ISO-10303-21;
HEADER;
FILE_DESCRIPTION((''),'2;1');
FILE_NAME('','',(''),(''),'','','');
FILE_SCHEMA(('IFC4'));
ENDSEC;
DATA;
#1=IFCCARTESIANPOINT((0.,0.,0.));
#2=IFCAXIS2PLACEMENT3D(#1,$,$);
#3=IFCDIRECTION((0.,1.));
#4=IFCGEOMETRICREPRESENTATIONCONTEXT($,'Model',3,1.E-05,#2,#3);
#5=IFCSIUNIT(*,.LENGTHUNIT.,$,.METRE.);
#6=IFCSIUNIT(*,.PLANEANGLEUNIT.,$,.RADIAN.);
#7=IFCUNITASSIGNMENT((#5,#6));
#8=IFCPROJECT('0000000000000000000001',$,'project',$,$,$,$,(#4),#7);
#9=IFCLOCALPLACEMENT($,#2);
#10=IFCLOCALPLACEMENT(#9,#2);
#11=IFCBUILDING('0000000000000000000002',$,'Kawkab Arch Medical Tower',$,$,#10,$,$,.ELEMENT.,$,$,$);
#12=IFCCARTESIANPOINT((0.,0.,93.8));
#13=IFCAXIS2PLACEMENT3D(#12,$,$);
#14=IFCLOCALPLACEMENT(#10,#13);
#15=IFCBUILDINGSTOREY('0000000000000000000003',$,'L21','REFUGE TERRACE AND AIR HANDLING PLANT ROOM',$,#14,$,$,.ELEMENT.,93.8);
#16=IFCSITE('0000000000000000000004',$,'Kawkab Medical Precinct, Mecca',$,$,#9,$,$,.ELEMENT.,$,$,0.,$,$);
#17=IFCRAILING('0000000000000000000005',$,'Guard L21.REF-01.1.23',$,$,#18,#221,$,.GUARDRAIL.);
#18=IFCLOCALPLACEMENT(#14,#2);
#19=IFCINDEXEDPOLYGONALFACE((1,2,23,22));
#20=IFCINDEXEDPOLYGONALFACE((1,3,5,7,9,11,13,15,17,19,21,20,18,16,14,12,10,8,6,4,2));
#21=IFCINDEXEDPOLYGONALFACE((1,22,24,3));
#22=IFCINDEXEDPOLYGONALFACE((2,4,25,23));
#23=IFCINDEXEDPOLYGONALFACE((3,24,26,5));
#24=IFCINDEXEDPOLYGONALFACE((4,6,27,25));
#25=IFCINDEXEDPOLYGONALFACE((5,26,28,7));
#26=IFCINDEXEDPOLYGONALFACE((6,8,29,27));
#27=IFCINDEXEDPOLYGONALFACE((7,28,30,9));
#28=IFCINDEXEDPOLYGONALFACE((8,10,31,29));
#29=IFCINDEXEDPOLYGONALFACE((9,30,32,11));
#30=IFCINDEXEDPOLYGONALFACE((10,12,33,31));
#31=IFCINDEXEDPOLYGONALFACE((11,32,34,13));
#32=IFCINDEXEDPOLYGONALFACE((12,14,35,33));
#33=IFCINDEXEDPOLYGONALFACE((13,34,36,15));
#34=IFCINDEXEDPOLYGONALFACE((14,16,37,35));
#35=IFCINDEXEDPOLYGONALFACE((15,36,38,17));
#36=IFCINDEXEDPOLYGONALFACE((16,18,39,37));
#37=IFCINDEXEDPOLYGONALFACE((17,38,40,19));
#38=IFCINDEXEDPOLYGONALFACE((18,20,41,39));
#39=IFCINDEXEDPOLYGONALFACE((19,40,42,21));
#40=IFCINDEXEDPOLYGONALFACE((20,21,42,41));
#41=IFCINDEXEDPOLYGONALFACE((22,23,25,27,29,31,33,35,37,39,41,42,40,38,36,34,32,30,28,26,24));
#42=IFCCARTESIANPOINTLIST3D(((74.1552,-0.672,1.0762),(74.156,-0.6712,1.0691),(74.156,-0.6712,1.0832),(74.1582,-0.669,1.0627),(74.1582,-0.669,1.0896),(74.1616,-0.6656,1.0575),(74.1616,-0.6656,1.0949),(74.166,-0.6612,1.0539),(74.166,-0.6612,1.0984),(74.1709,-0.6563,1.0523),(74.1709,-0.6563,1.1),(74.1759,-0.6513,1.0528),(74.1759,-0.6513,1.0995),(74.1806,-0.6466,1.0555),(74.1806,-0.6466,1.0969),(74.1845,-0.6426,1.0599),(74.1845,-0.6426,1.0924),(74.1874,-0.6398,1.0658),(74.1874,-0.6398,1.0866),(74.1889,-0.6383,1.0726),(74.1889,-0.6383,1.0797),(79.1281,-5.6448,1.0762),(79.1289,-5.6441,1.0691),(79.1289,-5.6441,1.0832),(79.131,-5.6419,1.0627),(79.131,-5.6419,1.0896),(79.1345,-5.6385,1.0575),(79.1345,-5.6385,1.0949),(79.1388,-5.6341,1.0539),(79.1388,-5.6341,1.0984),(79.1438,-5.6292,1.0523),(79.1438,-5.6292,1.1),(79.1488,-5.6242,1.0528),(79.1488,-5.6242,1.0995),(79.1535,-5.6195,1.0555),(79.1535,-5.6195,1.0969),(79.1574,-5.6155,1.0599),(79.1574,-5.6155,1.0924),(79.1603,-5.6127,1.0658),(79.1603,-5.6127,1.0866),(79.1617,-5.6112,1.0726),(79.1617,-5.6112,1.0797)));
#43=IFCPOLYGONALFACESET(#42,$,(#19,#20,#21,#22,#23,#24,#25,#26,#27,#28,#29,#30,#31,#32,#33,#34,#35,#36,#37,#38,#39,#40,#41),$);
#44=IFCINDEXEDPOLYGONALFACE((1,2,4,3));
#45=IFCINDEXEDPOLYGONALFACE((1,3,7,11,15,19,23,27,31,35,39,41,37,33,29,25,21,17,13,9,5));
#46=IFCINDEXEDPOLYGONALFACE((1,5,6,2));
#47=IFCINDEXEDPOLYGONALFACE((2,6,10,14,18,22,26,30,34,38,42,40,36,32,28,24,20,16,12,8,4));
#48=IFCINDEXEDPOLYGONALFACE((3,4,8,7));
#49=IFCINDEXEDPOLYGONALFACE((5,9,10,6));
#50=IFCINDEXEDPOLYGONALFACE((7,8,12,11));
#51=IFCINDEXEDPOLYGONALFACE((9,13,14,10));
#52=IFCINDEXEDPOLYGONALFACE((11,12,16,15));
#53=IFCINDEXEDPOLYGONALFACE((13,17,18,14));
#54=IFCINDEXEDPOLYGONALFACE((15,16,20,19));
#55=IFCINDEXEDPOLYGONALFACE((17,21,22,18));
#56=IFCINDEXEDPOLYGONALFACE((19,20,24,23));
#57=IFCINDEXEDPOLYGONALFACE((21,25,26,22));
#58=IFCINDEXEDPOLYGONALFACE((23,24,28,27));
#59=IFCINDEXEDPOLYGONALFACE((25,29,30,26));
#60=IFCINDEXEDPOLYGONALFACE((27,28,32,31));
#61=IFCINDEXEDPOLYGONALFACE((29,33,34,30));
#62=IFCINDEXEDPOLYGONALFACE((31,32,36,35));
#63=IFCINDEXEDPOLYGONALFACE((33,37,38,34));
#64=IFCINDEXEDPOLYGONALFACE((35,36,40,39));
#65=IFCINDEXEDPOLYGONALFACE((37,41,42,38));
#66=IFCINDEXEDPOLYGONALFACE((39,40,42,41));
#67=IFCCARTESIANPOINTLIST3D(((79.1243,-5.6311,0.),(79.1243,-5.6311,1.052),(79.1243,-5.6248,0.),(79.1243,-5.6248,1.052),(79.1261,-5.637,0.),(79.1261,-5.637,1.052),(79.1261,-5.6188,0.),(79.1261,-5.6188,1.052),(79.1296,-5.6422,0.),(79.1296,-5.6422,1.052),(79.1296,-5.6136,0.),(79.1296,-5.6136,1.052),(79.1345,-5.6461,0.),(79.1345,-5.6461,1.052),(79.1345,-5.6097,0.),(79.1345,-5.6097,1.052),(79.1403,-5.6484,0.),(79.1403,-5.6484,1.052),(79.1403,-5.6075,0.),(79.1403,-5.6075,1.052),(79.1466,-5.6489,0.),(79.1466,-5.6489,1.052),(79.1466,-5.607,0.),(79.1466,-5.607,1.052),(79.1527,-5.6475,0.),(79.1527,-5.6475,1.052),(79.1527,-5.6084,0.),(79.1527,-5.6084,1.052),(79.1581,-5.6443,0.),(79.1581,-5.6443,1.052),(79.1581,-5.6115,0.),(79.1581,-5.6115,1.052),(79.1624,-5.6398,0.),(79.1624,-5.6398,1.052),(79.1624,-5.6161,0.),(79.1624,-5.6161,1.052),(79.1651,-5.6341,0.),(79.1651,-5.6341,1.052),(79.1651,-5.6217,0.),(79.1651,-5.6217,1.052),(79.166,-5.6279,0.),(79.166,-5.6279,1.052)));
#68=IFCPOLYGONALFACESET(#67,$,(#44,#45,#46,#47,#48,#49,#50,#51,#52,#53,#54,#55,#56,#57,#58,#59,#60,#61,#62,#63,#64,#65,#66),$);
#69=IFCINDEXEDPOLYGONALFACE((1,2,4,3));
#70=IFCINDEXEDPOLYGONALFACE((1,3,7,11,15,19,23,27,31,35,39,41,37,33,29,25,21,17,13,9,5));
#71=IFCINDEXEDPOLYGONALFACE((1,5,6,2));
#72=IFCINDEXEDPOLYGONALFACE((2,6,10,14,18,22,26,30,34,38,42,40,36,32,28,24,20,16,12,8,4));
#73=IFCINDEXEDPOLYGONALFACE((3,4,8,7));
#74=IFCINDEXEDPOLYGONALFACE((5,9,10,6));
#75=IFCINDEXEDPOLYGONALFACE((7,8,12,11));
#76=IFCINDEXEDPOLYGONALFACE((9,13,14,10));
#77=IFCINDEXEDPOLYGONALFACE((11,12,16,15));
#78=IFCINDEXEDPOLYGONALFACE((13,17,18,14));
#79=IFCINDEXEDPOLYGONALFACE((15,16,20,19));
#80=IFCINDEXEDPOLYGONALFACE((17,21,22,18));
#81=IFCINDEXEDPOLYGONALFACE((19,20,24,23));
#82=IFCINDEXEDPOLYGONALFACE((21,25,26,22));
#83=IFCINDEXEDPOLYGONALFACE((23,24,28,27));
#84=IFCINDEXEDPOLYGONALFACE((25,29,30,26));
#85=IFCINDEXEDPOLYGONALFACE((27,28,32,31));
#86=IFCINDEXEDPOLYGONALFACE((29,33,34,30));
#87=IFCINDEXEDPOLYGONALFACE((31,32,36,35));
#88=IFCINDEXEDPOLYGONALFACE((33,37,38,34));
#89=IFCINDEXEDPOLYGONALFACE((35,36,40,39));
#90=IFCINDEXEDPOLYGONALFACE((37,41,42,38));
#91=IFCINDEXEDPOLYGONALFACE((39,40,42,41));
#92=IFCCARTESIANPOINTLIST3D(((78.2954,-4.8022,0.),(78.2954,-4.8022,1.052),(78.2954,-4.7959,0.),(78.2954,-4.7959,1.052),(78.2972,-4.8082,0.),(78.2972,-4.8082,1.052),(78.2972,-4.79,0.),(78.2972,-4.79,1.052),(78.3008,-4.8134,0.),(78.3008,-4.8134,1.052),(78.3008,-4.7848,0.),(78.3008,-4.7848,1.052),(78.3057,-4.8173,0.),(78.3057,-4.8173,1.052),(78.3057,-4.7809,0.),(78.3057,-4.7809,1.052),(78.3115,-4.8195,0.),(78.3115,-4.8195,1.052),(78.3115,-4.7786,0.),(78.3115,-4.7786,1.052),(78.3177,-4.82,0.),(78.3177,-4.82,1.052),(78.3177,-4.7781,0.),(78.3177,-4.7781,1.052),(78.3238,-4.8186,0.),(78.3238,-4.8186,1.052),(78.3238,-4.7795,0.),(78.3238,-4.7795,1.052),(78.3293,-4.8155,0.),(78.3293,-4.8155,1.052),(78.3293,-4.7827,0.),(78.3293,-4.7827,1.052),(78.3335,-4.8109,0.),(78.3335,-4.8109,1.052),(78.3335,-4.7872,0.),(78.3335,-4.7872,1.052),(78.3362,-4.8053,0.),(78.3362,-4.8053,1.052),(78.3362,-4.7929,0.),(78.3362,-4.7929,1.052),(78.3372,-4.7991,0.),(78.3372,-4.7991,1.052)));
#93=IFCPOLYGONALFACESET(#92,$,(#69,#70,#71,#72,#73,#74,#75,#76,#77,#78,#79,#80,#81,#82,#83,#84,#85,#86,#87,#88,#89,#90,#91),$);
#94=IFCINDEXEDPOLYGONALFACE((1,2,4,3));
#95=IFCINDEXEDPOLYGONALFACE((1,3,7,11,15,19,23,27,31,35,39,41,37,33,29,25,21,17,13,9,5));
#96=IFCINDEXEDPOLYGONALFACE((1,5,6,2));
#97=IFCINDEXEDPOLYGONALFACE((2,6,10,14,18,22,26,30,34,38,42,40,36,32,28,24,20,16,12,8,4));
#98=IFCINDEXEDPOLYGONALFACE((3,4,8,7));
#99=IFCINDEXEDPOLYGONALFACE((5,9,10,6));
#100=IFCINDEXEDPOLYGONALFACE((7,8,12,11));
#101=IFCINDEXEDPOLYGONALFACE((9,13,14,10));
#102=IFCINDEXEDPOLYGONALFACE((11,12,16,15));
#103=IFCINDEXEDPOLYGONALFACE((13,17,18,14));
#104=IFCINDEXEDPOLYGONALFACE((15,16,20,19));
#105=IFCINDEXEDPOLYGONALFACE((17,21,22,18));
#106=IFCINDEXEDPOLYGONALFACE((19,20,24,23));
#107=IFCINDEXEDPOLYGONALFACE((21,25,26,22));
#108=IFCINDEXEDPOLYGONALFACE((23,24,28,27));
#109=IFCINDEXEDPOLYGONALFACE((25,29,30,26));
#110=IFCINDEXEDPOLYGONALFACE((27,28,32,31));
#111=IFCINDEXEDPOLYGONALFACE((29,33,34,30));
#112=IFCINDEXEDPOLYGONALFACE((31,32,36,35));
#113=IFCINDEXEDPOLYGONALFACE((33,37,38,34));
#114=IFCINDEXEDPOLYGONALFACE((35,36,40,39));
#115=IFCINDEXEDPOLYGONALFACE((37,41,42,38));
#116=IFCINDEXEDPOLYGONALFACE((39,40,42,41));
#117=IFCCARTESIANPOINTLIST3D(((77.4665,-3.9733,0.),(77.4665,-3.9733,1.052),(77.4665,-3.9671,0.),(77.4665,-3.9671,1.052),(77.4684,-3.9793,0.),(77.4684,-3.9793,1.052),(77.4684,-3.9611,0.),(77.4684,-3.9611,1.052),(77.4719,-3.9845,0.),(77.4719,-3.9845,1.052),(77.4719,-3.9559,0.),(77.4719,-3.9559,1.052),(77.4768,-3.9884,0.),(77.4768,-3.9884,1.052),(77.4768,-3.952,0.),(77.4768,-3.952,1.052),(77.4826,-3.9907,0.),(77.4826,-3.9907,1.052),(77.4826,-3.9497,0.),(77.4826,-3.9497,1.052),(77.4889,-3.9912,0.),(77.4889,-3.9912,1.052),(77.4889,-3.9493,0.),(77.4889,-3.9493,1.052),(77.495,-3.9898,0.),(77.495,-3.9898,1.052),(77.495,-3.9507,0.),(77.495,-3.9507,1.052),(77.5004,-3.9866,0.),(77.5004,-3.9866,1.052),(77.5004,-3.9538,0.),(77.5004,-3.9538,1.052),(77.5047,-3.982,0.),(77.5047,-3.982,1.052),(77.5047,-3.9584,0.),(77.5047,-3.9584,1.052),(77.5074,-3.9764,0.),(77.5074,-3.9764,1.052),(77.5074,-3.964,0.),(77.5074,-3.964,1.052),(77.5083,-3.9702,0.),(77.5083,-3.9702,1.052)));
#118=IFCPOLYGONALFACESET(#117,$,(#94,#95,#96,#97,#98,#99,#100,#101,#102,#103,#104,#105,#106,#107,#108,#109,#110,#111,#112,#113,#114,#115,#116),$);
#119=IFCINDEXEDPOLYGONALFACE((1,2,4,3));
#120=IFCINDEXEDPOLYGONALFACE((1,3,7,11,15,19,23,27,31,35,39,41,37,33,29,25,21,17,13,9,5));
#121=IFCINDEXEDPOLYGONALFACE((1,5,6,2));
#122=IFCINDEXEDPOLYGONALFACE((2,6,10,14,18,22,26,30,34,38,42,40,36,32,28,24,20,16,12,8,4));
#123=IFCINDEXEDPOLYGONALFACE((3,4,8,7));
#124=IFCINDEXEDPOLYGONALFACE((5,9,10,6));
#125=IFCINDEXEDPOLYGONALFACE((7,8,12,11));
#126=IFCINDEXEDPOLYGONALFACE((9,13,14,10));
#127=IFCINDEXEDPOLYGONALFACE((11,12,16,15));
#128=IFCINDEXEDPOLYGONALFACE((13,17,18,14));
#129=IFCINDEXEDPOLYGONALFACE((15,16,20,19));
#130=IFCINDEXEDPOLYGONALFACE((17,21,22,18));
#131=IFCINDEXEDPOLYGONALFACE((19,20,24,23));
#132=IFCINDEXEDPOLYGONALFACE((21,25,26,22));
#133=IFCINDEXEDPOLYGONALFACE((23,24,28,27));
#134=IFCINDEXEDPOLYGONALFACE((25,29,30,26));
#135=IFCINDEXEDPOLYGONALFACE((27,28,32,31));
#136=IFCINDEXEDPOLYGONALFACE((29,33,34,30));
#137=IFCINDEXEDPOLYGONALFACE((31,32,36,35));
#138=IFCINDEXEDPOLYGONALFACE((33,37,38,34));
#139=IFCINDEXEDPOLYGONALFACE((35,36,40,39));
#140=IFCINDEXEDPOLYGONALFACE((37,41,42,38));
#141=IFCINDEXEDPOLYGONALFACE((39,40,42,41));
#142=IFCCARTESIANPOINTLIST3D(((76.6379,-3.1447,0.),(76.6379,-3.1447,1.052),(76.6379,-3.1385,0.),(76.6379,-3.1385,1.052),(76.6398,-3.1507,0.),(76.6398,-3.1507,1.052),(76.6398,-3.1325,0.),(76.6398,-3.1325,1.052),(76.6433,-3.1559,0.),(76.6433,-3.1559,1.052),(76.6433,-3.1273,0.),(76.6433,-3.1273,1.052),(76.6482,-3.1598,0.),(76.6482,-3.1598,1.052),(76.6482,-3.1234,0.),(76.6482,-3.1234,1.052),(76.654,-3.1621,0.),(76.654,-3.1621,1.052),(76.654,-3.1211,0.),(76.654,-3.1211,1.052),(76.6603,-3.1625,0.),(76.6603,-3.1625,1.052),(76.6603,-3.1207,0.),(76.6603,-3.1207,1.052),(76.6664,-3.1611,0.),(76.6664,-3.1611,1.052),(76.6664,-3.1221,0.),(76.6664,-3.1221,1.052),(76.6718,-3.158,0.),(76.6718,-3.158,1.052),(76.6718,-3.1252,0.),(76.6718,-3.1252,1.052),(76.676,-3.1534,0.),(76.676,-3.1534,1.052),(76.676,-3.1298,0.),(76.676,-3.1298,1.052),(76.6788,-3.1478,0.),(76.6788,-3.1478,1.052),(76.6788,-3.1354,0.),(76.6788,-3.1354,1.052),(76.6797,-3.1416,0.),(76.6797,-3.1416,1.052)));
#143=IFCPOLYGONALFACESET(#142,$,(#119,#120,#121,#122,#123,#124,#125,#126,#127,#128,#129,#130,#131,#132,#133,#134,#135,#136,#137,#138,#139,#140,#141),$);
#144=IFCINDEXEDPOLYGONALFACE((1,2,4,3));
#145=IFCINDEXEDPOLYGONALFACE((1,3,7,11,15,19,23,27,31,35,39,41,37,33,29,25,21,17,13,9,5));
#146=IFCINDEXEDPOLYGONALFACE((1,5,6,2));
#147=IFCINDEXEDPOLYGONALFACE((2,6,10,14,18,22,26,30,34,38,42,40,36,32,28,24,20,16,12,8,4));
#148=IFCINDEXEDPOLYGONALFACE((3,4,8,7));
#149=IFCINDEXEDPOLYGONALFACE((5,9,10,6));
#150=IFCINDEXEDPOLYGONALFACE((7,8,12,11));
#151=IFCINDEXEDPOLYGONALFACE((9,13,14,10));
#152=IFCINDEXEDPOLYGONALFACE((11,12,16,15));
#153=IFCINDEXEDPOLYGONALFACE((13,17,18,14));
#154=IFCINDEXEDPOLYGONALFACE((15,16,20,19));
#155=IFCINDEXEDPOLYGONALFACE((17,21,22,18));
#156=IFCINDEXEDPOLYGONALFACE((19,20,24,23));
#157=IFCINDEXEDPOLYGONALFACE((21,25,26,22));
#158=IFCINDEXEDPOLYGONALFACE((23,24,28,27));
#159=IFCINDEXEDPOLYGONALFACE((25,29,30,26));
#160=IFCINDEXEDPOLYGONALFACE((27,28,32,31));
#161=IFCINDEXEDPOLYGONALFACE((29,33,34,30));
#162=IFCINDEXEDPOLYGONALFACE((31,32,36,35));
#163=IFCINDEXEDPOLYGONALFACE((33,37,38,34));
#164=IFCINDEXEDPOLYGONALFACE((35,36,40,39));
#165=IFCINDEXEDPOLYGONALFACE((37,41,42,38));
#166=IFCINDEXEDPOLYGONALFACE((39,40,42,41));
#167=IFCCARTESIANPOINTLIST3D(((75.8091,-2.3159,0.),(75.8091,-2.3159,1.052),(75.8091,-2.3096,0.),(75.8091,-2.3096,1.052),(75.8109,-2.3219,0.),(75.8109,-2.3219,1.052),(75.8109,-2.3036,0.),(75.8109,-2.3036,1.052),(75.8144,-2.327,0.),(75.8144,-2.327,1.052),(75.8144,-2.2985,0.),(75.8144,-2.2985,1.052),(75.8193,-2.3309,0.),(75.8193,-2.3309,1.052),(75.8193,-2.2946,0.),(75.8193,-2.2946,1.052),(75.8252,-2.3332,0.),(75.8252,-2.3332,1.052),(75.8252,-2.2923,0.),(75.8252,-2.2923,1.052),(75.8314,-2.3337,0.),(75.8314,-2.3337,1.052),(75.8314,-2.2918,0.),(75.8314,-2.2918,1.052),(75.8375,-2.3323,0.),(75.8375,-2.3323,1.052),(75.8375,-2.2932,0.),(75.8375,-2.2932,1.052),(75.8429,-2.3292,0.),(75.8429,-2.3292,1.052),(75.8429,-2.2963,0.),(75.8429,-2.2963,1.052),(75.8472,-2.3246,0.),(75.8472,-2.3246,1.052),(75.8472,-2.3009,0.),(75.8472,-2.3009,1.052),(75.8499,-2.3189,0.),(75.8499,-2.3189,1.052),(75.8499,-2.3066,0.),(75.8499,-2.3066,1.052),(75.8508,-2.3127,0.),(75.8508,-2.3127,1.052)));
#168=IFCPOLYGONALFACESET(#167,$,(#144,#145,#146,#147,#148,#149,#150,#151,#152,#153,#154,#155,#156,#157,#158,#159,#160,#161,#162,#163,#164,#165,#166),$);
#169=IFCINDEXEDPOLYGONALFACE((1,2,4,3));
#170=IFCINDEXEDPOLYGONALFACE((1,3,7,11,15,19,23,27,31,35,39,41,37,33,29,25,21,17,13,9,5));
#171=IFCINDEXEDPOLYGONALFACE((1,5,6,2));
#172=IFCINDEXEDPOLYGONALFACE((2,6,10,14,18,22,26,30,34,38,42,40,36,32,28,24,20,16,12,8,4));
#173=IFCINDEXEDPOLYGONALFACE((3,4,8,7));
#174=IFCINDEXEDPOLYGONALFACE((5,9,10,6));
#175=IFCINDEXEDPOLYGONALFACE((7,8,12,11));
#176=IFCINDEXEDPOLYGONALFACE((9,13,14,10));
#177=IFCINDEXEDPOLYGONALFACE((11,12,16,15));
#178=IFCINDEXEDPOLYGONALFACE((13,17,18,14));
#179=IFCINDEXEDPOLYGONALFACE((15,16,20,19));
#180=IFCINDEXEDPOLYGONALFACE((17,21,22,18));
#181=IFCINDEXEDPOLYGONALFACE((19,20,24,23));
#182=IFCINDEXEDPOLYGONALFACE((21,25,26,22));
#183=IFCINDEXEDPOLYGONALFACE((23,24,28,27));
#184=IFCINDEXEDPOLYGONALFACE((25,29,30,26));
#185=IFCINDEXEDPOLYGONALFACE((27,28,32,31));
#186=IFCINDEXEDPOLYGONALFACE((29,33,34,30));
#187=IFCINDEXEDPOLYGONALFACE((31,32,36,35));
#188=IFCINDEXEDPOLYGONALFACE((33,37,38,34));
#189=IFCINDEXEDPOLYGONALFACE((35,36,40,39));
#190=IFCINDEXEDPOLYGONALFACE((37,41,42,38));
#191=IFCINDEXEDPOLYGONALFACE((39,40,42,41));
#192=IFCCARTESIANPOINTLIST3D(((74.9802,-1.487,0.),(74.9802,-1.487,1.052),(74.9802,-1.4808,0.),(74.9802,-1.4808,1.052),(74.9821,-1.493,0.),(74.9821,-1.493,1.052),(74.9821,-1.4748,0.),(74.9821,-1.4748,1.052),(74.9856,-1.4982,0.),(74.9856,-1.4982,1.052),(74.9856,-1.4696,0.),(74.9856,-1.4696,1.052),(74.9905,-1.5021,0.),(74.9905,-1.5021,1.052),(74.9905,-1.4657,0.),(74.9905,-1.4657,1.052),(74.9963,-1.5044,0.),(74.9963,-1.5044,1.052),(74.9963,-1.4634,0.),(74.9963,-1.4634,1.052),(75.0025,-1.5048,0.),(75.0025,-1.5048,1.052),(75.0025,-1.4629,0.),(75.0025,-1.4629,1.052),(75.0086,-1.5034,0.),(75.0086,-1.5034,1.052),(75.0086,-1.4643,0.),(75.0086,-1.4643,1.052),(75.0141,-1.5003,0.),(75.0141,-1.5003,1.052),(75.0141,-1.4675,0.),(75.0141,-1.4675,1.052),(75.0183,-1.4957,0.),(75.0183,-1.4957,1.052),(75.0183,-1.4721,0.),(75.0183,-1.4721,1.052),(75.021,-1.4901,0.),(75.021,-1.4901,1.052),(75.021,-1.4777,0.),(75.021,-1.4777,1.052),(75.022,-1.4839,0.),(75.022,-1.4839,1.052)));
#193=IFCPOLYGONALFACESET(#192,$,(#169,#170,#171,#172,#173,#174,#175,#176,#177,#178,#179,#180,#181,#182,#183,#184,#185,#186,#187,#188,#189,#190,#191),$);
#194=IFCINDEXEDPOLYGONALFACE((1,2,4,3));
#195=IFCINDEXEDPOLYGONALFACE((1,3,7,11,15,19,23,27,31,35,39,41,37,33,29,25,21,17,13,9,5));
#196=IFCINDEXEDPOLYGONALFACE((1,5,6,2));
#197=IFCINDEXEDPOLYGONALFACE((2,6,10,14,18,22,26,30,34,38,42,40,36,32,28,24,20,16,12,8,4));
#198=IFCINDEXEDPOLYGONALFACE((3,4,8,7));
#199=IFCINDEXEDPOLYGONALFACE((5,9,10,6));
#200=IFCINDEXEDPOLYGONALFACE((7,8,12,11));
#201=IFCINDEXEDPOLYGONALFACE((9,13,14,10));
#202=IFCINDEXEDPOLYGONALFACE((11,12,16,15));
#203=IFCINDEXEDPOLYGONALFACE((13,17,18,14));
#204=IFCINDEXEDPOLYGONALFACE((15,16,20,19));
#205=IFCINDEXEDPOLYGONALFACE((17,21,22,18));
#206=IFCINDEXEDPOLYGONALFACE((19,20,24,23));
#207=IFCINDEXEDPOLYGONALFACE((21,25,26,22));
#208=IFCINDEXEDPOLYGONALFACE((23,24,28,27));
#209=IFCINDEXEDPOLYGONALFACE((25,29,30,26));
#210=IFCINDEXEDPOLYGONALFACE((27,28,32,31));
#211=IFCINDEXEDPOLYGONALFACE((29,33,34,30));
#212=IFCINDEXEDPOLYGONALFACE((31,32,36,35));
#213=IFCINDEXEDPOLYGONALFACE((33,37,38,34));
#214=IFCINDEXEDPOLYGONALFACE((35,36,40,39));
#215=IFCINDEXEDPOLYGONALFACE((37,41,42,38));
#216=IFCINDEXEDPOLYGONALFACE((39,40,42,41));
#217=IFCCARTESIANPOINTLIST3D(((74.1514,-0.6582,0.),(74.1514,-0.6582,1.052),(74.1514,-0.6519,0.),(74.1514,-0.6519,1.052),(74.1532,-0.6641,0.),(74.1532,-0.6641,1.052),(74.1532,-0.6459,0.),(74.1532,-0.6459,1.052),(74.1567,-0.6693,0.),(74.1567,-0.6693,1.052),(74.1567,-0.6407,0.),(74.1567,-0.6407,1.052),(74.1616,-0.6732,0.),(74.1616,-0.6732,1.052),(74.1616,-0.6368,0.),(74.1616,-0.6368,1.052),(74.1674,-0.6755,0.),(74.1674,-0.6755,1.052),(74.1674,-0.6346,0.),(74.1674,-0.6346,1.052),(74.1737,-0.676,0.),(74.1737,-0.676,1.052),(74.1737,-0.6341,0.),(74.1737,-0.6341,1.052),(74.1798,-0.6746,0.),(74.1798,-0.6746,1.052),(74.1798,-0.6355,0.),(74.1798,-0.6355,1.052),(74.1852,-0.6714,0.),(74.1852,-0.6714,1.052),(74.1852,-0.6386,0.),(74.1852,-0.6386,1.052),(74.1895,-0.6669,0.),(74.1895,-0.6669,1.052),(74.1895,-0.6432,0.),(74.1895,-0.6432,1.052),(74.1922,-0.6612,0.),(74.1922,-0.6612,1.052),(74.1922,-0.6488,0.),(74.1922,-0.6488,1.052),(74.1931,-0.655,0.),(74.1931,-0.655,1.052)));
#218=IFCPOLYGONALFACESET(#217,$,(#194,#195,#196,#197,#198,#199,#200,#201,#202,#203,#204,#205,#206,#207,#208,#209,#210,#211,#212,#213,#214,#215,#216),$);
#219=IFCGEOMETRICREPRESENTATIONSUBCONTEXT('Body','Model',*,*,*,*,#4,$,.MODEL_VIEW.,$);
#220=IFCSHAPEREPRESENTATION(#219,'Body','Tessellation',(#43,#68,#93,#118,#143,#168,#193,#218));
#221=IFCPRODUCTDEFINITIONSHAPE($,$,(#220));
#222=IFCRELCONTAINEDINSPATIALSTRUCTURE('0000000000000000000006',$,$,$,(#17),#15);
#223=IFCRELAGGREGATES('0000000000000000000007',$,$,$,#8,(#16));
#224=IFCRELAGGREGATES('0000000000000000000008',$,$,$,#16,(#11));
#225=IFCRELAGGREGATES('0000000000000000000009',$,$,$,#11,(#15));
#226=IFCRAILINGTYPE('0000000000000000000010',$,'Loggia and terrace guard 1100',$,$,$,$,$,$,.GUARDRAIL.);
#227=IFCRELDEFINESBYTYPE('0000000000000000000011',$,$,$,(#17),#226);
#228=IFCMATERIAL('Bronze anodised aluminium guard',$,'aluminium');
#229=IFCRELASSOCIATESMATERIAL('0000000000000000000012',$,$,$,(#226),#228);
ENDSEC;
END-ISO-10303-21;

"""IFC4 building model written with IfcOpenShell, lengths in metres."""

from ifc_helpers import new_model, si_unit, direction, frame, origin, origin_2d, place, context, subcontext, project, spatial, circle, extrude, material, type_object, element, save


model = new_model("IFC4")

# Units and contexts
model_context = context("Model", 3, precision=1e-05, world=origin(), true_north=direction((0.0, 1.0)))
body_context = subcontext(model_context, "Body", "Model", "MODEL_VIEW")
ifc_project = project(units=[si_unit("LENGTHUNIT", "METRE"), si_unit("PLANEANGLEUNIT", "RADIAN")], contexts=[model_context])

# Site, building, storey
site_placement = place(None, origin())
site = spatial("IfcSite", under=ifc_project, at=site_placement, Name="Kawkab Medical Precinct, Mecca", CompositionType="ELEMENT", RefElevation=0.0)
building_placement = place(site_placement, origin())
building = spatial("IfcBuilding", under=site, at=building_placement, Name="Kawkab Arch Medical Tower", CompositionType="ELEMENT")
storey_placement = place(building_placement, frame((0.0, 0.0, 93.8)))
storey = spatial("IfcBuildingStorey", under=building, at=storey_placement, Name="L21", Description="REFUGE TERRACE AND AIR HANDLING PLANT ROOM", CompositionType="ELEMENT", Elevation=93.8)

# Railing
ifc_material_1 = material(Name="Bronze anodised aluminium guard", Category="aluminium")
railing_type = type_object("IfcRailingType", Name="Loggia and terrace guard 1100", PredefinedType="GUARDRAIL", material=ifc_material_1)
railing_1_placement = place(storey_placement, frame((79.145, -5.6279, 0.0)))
element("IfcRailing", 1, at=railing_1_placement, inside=storey, type_object=railing_type, Name="Guard L21.REF-01.1.23", PredefinedType="GUARDRAIL", context=body_context, shape_type="SweptSolid", body=[
    extrude(circle(Radius=0.0239, at=origin_2d()), frame((0.0, 0.0, 1.0762), z_axis=(-0.707107, 0.707107, 0.0), x_axis=(-0.707107, -0.707107, 0.0)), (0.0, 0.0, 1.0), 7.0327),
    extrude(circle(Radius=0.021, at=origin_2d()), origin(), (0.0, 0.0, 1.0), 1.052),
    extrude(circle(Radius=0.021, at=origin_2d()), frame((-0.8289, 0.8289, 0.0)), (0.0, 0.0, 1.0), 1.052),
    extrude(circle(Radius=0.021, at=origin_2d()), frame((-1.6577, 1.6577, 0.0)), (0.0, 0.0, 1.0), 1.052),
    extrude(circle(Radius=0.021, at=origin_2d()), frame((-2.4863, 2.4863, 0.0)), (0.0, 0.0, 1.0), 1.052),
    extrude(circle(Radius=0.021, at=origin_2d()), frame((-3.3152, 3.3152, 0.0)), (0.0, 0.0, 1.0), 1.052),
    extrude(circle(Radius=0.021, at=origin_2d()), frame((-4.144, 4.144, 0.0)), (0.0, 0.0, 1.0), 1.052),
    extrude(circle(Radius=0.021, at=origin_2d()), frame((-4.9729, 4.9729, 0.0)), (0.0, 0.0, 1.0), 1.052),
])

save(model, "model.ifc")
